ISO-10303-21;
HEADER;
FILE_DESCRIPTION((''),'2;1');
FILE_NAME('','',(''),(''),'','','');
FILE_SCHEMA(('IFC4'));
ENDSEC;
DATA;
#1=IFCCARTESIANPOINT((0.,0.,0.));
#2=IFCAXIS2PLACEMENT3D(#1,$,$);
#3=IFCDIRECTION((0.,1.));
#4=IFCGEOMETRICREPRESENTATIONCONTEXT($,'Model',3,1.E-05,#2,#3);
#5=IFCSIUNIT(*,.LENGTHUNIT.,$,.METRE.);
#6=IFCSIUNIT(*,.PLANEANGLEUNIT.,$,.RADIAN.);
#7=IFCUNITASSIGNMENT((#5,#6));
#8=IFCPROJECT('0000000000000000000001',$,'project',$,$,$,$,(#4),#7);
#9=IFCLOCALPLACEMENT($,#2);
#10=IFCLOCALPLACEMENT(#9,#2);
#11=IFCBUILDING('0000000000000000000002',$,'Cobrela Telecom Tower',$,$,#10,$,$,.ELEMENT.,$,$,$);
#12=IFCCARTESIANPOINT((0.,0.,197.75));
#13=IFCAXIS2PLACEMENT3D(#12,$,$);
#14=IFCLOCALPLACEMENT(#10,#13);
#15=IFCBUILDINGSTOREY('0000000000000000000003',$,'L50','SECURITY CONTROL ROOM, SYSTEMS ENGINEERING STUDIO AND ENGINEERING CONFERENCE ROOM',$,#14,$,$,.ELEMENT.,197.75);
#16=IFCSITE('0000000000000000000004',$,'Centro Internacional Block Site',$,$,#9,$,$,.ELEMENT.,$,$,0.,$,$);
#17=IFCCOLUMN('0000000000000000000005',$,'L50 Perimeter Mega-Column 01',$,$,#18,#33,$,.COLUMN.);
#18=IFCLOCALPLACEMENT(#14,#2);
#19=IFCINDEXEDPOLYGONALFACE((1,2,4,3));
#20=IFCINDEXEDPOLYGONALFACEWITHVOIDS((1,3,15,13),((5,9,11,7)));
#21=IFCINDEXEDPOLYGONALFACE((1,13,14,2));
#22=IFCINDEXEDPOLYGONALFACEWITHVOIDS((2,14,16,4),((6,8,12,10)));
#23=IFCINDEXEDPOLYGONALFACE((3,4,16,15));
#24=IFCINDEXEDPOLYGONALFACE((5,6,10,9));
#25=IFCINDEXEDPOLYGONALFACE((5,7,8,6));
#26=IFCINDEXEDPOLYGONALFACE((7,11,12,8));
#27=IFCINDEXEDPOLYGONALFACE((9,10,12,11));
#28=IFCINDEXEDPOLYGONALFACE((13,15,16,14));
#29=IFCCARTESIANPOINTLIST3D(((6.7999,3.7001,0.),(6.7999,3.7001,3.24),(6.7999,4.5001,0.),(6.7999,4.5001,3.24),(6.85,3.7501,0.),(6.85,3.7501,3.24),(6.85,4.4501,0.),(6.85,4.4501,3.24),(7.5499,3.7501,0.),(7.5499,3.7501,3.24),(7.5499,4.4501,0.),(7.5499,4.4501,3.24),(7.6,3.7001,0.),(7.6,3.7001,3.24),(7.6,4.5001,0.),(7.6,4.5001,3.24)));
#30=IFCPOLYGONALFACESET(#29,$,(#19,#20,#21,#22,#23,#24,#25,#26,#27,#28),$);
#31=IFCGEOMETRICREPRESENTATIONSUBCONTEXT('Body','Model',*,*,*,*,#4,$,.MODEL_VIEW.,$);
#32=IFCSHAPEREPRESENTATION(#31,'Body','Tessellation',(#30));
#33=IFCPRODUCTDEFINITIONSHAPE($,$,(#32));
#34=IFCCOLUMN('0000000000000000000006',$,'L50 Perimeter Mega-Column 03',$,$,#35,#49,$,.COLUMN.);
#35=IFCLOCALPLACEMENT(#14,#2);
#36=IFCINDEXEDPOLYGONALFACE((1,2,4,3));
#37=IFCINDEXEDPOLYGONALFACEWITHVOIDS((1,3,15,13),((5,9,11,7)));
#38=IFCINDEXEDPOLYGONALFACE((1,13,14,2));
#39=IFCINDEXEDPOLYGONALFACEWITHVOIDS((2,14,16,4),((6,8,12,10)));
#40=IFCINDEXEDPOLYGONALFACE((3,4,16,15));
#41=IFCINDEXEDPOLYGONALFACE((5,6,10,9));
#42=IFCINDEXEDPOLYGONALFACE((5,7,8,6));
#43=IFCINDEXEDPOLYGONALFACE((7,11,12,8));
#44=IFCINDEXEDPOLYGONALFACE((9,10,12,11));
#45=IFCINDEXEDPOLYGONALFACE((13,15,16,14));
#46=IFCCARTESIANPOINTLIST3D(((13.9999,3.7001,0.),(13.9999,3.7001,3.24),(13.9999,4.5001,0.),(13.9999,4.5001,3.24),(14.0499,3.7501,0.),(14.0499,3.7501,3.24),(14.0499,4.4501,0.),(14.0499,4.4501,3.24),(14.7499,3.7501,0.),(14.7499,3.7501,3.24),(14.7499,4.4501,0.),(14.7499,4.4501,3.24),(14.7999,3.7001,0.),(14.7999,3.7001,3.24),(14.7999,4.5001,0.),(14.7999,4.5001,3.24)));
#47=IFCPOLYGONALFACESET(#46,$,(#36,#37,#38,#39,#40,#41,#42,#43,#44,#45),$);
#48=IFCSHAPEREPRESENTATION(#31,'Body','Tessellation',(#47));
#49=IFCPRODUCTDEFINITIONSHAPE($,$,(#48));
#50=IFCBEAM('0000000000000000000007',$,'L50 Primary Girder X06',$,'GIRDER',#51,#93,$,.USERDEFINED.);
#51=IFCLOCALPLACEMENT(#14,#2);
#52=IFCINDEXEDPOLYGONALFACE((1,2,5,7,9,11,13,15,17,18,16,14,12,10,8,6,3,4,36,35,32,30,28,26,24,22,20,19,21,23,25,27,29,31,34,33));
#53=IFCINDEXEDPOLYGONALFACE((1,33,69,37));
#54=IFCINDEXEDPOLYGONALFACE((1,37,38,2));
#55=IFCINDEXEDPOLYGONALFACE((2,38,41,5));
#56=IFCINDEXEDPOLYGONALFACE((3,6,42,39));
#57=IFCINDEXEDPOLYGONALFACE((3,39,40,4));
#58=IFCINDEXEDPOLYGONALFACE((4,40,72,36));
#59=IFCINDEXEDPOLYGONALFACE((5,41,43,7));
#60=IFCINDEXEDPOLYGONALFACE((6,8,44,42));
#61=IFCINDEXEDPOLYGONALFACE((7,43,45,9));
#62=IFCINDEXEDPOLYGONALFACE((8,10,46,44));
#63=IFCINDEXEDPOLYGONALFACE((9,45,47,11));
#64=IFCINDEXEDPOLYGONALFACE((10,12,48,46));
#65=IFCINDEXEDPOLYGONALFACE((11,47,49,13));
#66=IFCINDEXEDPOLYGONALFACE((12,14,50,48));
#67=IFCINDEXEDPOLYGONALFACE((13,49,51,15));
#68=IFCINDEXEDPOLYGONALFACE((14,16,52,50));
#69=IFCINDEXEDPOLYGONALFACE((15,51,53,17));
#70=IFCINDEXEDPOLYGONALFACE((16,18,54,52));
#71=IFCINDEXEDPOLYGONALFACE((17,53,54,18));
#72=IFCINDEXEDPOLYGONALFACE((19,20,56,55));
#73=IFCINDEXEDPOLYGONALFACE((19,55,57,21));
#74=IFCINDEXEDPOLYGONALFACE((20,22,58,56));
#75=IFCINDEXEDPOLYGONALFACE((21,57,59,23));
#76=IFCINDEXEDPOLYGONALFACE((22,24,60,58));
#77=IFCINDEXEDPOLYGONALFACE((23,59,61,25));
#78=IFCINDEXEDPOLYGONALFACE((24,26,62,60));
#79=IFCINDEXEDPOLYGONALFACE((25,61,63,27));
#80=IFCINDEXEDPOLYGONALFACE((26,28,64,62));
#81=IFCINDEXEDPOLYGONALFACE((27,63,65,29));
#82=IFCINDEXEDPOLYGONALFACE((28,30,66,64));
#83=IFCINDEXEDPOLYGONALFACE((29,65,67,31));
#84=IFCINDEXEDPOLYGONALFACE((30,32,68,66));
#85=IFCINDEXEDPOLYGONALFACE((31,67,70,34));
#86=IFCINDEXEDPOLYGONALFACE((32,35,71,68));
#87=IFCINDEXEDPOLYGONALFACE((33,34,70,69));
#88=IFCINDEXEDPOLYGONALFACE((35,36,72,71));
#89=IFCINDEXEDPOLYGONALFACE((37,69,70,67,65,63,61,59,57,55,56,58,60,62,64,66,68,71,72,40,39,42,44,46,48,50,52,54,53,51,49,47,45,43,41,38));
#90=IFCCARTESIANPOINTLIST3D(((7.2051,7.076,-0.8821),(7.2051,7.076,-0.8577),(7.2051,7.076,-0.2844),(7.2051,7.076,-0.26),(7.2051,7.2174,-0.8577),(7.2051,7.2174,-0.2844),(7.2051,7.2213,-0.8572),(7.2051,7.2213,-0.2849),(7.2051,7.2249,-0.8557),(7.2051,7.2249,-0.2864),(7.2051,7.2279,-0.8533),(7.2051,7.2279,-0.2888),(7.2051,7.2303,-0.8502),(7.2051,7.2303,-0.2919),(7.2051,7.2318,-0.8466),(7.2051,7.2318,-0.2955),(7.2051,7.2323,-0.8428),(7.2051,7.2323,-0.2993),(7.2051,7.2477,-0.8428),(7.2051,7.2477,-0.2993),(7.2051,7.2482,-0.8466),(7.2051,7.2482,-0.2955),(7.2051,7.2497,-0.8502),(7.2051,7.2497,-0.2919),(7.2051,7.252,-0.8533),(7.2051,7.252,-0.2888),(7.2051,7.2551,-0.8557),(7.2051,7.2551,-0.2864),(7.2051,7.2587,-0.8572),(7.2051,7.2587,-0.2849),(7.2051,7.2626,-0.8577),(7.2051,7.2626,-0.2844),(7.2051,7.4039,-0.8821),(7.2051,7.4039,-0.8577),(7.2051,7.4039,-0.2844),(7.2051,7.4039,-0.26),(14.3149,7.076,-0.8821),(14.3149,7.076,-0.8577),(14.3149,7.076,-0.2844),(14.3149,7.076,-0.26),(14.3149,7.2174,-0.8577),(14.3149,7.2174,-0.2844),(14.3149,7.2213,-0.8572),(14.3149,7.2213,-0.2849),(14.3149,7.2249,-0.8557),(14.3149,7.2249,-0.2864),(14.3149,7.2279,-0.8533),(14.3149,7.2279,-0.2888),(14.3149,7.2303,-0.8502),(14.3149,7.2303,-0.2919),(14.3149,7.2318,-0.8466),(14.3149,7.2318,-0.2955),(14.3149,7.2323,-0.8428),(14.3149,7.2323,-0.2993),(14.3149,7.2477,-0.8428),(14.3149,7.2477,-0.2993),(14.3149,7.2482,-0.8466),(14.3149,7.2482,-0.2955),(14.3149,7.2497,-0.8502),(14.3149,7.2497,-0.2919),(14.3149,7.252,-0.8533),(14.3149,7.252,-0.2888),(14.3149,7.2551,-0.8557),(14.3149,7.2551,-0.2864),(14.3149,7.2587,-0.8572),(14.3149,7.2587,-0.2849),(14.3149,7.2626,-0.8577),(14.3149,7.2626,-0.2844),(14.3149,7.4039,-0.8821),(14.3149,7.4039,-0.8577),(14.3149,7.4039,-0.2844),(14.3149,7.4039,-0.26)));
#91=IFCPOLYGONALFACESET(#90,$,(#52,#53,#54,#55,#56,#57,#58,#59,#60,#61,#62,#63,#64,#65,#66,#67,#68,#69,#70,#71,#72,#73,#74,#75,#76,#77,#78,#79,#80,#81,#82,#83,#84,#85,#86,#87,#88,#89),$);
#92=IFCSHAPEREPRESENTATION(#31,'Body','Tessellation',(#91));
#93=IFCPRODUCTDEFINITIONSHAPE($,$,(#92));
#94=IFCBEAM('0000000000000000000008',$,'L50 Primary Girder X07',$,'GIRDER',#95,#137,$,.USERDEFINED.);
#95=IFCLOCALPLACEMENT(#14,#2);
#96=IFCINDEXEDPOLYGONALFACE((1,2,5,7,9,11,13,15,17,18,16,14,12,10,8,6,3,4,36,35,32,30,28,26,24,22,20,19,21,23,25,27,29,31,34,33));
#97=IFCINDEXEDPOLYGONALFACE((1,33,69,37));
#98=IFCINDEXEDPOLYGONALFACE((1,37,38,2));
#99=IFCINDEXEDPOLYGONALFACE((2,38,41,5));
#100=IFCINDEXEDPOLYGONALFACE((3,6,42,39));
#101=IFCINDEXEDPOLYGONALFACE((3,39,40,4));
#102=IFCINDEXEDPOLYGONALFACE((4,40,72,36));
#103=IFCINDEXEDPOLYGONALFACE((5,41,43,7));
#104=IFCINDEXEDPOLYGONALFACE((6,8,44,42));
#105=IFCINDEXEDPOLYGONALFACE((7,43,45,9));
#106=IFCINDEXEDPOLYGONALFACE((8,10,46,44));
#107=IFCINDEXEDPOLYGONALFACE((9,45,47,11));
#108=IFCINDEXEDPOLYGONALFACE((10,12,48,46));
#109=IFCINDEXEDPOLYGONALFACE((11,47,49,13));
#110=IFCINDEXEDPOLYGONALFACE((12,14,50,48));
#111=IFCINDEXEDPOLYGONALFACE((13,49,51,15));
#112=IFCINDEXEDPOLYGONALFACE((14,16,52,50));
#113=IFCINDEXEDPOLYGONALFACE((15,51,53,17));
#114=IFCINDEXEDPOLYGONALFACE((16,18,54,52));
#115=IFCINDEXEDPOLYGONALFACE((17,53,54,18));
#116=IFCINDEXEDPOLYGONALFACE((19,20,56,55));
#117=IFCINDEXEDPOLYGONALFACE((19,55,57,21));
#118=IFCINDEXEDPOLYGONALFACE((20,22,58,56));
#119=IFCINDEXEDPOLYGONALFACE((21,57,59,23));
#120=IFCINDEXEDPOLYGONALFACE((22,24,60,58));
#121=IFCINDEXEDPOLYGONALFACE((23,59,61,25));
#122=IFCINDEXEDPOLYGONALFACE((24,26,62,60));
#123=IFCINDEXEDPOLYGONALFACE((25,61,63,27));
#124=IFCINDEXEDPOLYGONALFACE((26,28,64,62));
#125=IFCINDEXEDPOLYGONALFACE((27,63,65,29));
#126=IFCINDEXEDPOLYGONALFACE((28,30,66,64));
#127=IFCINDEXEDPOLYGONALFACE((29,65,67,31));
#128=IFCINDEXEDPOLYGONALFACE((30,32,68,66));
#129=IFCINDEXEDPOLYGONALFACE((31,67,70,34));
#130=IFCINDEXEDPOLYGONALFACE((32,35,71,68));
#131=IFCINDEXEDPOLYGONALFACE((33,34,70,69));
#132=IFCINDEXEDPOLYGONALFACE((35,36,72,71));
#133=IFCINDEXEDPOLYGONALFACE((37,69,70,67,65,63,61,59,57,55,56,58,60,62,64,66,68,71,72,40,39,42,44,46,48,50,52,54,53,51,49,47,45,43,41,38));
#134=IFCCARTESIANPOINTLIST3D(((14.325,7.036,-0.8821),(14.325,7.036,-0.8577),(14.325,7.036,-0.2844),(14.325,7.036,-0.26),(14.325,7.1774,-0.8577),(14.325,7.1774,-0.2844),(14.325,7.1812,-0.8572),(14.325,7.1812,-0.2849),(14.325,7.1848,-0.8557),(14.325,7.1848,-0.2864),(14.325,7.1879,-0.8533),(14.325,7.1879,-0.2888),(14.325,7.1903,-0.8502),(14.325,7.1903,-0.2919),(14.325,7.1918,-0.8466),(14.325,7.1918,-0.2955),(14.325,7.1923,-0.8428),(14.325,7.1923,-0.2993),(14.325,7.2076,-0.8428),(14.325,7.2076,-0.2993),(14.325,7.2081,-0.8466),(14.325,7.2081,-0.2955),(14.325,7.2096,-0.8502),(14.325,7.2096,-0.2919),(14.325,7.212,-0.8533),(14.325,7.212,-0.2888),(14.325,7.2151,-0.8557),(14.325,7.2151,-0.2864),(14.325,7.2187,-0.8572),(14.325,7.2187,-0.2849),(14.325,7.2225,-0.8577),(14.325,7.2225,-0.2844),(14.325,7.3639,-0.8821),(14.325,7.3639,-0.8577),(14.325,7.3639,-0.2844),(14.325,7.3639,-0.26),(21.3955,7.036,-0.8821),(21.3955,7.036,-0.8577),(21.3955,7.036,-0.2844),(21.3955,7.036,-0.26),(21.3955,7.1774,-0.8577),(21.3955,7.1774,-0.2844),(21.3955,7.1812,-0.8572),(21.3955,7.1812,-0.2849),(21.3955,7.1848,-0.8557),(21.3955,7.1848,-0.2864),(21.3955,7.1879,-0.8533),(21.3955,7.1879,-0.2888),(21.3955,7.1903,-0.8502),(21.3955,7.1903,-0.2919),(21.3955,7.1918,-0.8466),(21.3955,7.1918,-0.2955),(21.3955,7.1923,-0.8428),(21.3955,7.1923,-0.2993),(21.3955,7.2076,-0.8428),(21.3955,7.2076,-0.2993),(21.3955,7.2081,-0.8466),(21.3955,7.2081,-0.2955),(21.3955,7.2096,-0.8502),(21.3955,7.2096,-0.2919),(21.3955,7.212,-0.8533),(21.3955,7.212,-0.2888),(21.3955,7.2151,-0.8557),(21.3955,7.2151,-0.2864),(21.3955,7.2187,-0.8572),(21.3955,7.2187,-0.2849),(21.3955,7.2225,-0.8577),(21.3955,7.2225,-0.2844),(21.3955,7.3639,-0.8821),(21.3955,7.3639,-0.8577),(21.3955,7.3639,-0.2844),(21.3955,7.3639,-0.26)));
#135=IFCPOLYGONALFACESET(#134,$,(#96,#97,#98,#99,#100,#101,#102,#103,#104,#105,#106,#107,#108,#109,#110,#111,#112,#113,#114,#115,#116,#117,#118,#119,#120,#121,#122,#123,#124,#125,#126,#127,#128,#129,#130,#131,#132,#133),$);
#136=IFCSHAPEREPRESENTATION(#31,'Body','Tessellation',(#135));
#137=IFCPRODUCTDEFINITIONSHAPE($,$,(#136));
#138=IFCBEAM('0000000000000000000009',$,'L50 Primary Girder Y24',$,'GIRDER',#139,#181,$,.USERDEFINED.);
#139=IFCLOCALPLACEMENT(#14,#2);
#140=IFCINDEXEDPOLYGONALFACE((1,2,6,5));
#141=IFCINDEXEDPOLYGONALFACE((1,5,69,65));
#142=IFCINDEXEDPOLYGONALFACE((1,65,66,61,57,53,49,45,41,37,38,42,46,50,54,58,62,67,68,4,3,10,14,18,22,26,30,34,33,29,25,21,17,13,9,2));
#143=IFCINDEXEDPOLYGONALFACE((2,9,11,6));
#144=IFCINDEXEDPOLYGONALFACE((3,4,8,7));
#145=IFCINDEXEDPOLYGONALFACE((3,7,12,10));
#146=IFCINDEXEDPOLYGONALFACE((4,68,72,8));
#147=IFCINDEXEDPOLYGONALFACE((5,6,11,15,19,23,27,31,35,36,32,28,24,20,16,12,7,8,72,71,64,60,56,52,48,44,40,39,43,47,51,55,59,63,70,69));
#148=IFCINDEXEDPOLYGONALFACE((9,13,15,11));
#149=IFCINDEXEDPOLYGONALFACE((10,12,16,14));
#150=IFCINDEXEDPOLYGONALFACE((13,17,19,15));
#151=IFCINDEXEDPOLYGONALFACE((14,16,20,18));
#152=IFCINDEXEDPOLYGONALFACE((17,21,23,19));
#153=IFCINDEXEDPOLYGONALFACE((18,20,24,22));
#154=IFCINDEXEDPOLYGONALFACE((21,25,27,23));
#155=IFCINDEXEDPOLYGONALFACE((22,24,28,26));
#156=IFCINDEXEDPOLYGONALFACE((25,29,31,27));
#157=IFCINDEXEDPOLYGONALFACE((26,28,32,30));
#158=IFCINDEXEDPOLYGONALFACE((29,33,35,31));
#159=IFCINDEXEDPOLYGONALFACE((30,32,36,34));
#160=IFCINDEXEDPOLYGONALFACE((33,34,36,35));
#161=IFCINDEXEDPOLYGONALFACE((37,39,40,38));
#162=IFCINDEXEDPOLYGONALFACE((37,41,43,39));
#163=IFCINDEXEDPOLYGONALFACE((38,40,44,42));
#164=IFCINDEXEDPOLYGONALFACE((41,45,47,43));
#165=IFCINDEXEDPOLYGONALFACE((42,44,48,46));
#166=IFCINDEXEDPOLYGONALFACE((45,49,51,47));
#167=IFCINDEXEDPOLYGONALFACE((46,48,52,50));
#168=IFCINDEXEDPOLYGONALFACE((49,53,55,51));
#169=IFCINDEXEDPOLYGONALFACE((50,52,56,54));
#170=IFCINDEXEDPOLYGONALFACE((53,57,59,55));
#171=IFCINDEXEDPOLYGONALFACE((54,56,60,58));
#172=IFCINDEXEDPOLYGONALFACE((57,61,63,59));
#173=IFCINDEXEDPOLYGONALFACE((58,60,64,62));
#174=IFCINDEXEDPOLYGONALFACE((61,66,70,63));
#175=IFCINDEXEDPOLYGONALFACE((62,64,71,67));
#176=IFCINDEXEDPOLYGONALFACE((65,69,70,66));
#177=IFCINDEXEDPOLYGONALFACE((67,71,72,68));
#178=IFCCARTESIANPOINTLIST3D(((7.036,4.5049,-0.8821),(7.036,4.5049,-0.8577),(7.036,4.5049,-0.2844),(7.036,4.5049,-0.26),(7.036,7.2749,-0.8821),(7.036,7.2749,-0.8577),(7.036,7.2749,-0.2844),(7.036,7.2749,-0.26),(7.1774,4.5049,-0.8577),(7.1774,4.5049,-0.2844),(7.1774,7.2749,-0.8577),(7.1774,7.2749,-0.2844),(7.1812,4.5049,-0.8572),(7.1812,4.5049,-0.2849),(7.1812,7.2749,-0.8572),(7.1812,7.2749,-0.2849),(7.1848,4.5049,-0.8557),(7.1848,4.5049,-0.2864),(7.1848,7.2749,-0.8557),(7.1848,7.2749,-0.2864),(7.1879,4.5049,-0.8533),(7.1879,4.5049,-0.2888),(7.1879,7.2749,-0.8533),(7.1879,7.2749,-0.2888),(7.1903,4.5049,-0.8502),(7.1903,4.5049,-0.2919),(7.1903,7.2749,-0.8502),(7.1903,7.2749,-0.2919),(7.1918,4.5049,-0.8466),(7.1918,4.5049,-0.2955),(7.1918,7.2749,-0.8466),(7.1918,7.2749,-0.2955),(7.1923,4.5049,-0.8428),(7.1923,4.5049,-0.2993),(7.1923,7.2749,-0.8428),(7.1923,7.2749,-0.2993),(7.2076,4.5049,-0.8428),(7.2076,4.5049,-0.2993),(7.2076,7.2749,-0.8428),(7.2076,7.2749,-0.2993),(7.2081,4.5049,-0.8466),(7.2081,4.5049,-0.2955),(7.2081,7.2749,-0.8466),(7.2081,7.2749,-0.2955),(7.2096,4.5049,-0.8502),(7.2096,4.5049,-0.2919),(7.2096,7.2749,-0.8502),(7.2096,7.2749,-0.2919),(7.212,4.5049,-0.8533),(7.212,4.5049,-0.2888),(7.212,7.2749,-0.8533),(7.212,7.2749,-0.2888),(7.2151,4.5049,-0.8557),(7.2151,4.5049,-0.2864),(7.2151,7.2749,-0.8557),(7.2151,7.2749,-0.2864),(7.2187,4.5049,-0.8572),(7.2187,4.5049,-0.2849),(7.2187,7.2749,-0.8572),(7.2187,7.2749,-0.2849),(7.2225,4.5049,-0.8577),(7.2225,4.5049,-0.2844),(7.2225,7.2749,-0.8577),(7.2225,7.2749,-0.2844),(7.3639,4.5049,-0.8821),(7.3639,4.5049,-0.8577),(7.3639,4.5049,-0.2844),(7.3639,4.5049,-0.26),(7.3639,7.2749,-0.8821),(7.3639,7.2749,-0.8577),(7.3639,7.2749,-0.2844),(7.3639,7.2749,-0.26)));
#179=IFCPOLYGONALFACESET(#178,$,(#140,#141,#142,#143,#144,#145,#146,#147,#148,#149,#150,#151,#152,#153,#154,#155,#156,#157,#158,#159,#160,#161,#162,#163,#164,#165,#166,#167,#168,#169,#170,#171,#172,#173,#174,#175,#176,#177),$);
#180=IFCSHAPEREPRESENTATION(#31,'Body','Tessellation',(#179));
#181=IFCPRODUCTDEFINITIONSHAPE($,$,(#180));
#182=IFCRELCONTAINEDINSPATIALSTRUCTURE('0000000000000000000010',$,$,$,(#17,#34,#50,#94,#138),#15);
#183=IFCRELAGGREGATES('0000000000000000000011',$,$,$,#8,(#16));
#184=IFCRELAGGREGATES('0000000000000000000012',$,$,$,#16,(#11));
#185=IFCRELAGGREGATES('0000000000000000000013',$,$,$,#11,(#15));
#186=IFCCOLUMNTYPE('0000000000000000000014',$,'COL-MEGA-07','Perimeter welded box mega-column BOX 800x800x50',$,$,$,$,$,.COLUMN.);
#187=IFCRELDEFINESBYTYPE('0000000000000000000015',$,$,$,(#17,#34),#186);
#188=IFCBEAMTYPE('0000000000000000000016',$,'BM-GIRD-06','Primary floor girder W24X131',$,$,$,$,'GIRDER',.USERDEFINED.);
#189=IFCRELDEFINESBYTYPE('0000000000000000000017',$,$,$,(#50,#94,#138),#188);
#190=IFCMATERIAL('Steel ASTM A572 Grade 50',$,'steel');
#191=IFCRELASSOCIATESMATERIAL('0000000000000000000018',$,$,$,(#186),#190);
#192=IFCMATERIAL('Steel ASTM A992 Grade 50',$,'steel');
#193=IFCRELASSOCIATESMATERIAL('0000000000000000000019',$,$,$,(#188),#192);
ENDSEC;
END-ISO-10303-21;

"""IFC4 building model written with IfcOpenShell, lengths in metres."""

from ifc_helpers import new_model, si_unit, direction, frame, origin, origin_2d, place, context, subcontext, project, spatial, hollow_rectangle, i_section, extrude, material, material_profile, profile_set, type_object, element, save


model = new_model("IFC4")

# Units and contexts
model_context = context("Model", 3, precision=1e-05, world=origin(), true_north=direction((0.0, 1.0)))
body_context = subcontext(model_context, "Body", "Model", "MODEL_VIEW")
ifc_project = project(units=[si_unit("LENGTHUNIT", "METRE"), si_unit("PLANEANGLEUNIT", "RADIAN")], contexts=[model_context])

# Site, building, storey
site_placement = place(None, origin())
site = spatial("IfcSite", under=ifc_project, at=site_placement, Name="Centro Internacional Block Site", CompositionType="ELEMENT", RefElevation=0.0)
building_placement = place(site_placement, origin())
building = spatial("IfcBuilding", under=site, at=building_placement, Name="Cobrela Telecom Tower", CompositionType="ELEMENT")
storey_placement = place(building_placement, frame((0.0, 0.0, 197.75)))
storey = spatial("IfcBuildingStorey", under=building, at=storey_placement, Name="L50", Description="SECURITY CONTROL ROOM, SYSTEMS ENGINEERING STUDIO AND ENGINEERING CONFERENCE ROOM", CompositionType="ELEMENT", Elevation=197.75)

# Columns
ifc_material_1 = material(Name="Steel ASTM A572 Grade 50", Category="steel")
ifc_material_profile_1 = material_profile(ifc_material_1, hollow_rectangle(XDim=0.8, YDim=0.8, WallThickness=0.05, at=origin_2d()), Name="BOX 800x800x50")
ifc_profile_set_1 = profile_set([ifc_material_profile_1], Name="Steel ASTM A572 Grade 50")
column_type = type_object("IfcColumnType", Name="COL-MEGA-07", Description="Perimeter welded box mega-column BOX 800x800x50", PredefinedType="COLUMN", material=ifc_profile_set_1)
for number, where, z_axis, x_axis, name in (
    (1, (7.2, 4.1001, 0.0), (0.0, 0.0, 1.0), (1.0, 0.0, 0.0), "L50 Perimeter Mega-Column 01"),
    (2, (14.3999, 4.1001, 0.0), (0.0, 0.0, 1.0), (1.0, 0.0, 0.0), "L50 Perimeter Mega-Column 03"),
):
    element("IfcColumn", number, at=place(storey_placement, frame(where, z_axis=z_axis, x_axis=x_axis)), inside=storey, type_object=column_type, Name=name, PredefinedType="COLUMN", context=body_context, shape_type="SweptSolid", body=[
        extrude(hollow_rectangle(XDim=0.8, YDim=0.8, WallThickness=0.05, at=origin_2d()), origin(), (0.0, 0.0, 1.0), 3.24),
    ])

# Beams
ifc_material_2 = material(Name="Steel ASTM A992 Grade 50", Category="steel")
ifc_material_profile_2 = material_profile(ifc_material_2, i_section(OverallWidth=0.3279, OverallDepth=0.6221, WebThickness=0.0154, FlangeThickness=0.0244, FilletRadius=0.0149, at=origin_2d()), Name="W24X131")
ifc_profile_set_2 = profile_set([ifc_material_profile_2], Name="Steel ASTM A992 Grade 50")
beam_type_1 = type_object("IfcBeamType", Name="BM-GIRD-06", Description="Primary floor girder W24X131", ElementType="GIRDER", PredefinedType="USERDEFINED", material=ifc_profile_set_2)
beam_1_placement = place(storey_placement, frame((7.2051, 7.24, -0.571), z_axis=(1.0, 0.0, 0.0), x_axis=(0.0, 1.0, 0.0)))
element("IfcBeam", 3, at=beam_1_placement, inside=storey, type_object=beam_type_1, Name="L50 Primary Girder X06", ObjectType="GIRDER", PredefinedType="USERDEFINED", context=body_context, shape_type="SweptSolid", body=[
    extrude(i_section(OverallWidth=0.3279, OverallDepth=0.6221, WebThickness=0.0154, FlangeThickness=0.0244, FilletRadius=0.0149, at=origin_2d()), origin(), (0.0, 0.0, 1.0), 7.1099),
])
beam_2_placement = place(storey_placement, frame((14.325, 7.2, -0.571), z_axis=(1.0, 0.0, 0.0), x_axis=(0.0, 1.0, 0.0)))
element("IfcBeam", 4, at=beam_2_placement, inside=storey, type_object=beam_type_1, Name="L50 Primary Girder X07", ObjectType="GIRDER", PredefinedType="USERDEFINED", context=body_context, shape_type="SweptSolid", body=[
    extrude(i_section(OverallWidth=0.3279, OverallDepth=0.6221, WebThickness=0.0154, FlangeThickness=0.0244, FilletRadius=0.0149, at=origin_2d()), origin(), (0.0, 0.0, 1.0), 7.0706),
])
beam_3_placement = place(storey_placement, frame((7.2, 4.5049, -0.571), z_axis=(0.0, 1.0, 0.0), x_axis=(-1.0, 0.0, 0.0)))
element("IfcBeam", 5, at=beam_3_placement, inside=storey, type_object=beam_type_1, Name="L50 Primary Girder Y24", ObjectType="GIRDER", PredefinedType="USERDEFINED", context=body_context, shape_type="SweptSolid", body=[
    extrude(i_section(OverallWidth=0.3279, OverallDepth=0.6221, WebThickness=0.0154, FlangeThickness=0.0244, FilletRadius=0.0149, at=origin_2d()), origin(), (0.0, 0.0, 1.0), 2.77),
])

save(model, "model.ifc")
